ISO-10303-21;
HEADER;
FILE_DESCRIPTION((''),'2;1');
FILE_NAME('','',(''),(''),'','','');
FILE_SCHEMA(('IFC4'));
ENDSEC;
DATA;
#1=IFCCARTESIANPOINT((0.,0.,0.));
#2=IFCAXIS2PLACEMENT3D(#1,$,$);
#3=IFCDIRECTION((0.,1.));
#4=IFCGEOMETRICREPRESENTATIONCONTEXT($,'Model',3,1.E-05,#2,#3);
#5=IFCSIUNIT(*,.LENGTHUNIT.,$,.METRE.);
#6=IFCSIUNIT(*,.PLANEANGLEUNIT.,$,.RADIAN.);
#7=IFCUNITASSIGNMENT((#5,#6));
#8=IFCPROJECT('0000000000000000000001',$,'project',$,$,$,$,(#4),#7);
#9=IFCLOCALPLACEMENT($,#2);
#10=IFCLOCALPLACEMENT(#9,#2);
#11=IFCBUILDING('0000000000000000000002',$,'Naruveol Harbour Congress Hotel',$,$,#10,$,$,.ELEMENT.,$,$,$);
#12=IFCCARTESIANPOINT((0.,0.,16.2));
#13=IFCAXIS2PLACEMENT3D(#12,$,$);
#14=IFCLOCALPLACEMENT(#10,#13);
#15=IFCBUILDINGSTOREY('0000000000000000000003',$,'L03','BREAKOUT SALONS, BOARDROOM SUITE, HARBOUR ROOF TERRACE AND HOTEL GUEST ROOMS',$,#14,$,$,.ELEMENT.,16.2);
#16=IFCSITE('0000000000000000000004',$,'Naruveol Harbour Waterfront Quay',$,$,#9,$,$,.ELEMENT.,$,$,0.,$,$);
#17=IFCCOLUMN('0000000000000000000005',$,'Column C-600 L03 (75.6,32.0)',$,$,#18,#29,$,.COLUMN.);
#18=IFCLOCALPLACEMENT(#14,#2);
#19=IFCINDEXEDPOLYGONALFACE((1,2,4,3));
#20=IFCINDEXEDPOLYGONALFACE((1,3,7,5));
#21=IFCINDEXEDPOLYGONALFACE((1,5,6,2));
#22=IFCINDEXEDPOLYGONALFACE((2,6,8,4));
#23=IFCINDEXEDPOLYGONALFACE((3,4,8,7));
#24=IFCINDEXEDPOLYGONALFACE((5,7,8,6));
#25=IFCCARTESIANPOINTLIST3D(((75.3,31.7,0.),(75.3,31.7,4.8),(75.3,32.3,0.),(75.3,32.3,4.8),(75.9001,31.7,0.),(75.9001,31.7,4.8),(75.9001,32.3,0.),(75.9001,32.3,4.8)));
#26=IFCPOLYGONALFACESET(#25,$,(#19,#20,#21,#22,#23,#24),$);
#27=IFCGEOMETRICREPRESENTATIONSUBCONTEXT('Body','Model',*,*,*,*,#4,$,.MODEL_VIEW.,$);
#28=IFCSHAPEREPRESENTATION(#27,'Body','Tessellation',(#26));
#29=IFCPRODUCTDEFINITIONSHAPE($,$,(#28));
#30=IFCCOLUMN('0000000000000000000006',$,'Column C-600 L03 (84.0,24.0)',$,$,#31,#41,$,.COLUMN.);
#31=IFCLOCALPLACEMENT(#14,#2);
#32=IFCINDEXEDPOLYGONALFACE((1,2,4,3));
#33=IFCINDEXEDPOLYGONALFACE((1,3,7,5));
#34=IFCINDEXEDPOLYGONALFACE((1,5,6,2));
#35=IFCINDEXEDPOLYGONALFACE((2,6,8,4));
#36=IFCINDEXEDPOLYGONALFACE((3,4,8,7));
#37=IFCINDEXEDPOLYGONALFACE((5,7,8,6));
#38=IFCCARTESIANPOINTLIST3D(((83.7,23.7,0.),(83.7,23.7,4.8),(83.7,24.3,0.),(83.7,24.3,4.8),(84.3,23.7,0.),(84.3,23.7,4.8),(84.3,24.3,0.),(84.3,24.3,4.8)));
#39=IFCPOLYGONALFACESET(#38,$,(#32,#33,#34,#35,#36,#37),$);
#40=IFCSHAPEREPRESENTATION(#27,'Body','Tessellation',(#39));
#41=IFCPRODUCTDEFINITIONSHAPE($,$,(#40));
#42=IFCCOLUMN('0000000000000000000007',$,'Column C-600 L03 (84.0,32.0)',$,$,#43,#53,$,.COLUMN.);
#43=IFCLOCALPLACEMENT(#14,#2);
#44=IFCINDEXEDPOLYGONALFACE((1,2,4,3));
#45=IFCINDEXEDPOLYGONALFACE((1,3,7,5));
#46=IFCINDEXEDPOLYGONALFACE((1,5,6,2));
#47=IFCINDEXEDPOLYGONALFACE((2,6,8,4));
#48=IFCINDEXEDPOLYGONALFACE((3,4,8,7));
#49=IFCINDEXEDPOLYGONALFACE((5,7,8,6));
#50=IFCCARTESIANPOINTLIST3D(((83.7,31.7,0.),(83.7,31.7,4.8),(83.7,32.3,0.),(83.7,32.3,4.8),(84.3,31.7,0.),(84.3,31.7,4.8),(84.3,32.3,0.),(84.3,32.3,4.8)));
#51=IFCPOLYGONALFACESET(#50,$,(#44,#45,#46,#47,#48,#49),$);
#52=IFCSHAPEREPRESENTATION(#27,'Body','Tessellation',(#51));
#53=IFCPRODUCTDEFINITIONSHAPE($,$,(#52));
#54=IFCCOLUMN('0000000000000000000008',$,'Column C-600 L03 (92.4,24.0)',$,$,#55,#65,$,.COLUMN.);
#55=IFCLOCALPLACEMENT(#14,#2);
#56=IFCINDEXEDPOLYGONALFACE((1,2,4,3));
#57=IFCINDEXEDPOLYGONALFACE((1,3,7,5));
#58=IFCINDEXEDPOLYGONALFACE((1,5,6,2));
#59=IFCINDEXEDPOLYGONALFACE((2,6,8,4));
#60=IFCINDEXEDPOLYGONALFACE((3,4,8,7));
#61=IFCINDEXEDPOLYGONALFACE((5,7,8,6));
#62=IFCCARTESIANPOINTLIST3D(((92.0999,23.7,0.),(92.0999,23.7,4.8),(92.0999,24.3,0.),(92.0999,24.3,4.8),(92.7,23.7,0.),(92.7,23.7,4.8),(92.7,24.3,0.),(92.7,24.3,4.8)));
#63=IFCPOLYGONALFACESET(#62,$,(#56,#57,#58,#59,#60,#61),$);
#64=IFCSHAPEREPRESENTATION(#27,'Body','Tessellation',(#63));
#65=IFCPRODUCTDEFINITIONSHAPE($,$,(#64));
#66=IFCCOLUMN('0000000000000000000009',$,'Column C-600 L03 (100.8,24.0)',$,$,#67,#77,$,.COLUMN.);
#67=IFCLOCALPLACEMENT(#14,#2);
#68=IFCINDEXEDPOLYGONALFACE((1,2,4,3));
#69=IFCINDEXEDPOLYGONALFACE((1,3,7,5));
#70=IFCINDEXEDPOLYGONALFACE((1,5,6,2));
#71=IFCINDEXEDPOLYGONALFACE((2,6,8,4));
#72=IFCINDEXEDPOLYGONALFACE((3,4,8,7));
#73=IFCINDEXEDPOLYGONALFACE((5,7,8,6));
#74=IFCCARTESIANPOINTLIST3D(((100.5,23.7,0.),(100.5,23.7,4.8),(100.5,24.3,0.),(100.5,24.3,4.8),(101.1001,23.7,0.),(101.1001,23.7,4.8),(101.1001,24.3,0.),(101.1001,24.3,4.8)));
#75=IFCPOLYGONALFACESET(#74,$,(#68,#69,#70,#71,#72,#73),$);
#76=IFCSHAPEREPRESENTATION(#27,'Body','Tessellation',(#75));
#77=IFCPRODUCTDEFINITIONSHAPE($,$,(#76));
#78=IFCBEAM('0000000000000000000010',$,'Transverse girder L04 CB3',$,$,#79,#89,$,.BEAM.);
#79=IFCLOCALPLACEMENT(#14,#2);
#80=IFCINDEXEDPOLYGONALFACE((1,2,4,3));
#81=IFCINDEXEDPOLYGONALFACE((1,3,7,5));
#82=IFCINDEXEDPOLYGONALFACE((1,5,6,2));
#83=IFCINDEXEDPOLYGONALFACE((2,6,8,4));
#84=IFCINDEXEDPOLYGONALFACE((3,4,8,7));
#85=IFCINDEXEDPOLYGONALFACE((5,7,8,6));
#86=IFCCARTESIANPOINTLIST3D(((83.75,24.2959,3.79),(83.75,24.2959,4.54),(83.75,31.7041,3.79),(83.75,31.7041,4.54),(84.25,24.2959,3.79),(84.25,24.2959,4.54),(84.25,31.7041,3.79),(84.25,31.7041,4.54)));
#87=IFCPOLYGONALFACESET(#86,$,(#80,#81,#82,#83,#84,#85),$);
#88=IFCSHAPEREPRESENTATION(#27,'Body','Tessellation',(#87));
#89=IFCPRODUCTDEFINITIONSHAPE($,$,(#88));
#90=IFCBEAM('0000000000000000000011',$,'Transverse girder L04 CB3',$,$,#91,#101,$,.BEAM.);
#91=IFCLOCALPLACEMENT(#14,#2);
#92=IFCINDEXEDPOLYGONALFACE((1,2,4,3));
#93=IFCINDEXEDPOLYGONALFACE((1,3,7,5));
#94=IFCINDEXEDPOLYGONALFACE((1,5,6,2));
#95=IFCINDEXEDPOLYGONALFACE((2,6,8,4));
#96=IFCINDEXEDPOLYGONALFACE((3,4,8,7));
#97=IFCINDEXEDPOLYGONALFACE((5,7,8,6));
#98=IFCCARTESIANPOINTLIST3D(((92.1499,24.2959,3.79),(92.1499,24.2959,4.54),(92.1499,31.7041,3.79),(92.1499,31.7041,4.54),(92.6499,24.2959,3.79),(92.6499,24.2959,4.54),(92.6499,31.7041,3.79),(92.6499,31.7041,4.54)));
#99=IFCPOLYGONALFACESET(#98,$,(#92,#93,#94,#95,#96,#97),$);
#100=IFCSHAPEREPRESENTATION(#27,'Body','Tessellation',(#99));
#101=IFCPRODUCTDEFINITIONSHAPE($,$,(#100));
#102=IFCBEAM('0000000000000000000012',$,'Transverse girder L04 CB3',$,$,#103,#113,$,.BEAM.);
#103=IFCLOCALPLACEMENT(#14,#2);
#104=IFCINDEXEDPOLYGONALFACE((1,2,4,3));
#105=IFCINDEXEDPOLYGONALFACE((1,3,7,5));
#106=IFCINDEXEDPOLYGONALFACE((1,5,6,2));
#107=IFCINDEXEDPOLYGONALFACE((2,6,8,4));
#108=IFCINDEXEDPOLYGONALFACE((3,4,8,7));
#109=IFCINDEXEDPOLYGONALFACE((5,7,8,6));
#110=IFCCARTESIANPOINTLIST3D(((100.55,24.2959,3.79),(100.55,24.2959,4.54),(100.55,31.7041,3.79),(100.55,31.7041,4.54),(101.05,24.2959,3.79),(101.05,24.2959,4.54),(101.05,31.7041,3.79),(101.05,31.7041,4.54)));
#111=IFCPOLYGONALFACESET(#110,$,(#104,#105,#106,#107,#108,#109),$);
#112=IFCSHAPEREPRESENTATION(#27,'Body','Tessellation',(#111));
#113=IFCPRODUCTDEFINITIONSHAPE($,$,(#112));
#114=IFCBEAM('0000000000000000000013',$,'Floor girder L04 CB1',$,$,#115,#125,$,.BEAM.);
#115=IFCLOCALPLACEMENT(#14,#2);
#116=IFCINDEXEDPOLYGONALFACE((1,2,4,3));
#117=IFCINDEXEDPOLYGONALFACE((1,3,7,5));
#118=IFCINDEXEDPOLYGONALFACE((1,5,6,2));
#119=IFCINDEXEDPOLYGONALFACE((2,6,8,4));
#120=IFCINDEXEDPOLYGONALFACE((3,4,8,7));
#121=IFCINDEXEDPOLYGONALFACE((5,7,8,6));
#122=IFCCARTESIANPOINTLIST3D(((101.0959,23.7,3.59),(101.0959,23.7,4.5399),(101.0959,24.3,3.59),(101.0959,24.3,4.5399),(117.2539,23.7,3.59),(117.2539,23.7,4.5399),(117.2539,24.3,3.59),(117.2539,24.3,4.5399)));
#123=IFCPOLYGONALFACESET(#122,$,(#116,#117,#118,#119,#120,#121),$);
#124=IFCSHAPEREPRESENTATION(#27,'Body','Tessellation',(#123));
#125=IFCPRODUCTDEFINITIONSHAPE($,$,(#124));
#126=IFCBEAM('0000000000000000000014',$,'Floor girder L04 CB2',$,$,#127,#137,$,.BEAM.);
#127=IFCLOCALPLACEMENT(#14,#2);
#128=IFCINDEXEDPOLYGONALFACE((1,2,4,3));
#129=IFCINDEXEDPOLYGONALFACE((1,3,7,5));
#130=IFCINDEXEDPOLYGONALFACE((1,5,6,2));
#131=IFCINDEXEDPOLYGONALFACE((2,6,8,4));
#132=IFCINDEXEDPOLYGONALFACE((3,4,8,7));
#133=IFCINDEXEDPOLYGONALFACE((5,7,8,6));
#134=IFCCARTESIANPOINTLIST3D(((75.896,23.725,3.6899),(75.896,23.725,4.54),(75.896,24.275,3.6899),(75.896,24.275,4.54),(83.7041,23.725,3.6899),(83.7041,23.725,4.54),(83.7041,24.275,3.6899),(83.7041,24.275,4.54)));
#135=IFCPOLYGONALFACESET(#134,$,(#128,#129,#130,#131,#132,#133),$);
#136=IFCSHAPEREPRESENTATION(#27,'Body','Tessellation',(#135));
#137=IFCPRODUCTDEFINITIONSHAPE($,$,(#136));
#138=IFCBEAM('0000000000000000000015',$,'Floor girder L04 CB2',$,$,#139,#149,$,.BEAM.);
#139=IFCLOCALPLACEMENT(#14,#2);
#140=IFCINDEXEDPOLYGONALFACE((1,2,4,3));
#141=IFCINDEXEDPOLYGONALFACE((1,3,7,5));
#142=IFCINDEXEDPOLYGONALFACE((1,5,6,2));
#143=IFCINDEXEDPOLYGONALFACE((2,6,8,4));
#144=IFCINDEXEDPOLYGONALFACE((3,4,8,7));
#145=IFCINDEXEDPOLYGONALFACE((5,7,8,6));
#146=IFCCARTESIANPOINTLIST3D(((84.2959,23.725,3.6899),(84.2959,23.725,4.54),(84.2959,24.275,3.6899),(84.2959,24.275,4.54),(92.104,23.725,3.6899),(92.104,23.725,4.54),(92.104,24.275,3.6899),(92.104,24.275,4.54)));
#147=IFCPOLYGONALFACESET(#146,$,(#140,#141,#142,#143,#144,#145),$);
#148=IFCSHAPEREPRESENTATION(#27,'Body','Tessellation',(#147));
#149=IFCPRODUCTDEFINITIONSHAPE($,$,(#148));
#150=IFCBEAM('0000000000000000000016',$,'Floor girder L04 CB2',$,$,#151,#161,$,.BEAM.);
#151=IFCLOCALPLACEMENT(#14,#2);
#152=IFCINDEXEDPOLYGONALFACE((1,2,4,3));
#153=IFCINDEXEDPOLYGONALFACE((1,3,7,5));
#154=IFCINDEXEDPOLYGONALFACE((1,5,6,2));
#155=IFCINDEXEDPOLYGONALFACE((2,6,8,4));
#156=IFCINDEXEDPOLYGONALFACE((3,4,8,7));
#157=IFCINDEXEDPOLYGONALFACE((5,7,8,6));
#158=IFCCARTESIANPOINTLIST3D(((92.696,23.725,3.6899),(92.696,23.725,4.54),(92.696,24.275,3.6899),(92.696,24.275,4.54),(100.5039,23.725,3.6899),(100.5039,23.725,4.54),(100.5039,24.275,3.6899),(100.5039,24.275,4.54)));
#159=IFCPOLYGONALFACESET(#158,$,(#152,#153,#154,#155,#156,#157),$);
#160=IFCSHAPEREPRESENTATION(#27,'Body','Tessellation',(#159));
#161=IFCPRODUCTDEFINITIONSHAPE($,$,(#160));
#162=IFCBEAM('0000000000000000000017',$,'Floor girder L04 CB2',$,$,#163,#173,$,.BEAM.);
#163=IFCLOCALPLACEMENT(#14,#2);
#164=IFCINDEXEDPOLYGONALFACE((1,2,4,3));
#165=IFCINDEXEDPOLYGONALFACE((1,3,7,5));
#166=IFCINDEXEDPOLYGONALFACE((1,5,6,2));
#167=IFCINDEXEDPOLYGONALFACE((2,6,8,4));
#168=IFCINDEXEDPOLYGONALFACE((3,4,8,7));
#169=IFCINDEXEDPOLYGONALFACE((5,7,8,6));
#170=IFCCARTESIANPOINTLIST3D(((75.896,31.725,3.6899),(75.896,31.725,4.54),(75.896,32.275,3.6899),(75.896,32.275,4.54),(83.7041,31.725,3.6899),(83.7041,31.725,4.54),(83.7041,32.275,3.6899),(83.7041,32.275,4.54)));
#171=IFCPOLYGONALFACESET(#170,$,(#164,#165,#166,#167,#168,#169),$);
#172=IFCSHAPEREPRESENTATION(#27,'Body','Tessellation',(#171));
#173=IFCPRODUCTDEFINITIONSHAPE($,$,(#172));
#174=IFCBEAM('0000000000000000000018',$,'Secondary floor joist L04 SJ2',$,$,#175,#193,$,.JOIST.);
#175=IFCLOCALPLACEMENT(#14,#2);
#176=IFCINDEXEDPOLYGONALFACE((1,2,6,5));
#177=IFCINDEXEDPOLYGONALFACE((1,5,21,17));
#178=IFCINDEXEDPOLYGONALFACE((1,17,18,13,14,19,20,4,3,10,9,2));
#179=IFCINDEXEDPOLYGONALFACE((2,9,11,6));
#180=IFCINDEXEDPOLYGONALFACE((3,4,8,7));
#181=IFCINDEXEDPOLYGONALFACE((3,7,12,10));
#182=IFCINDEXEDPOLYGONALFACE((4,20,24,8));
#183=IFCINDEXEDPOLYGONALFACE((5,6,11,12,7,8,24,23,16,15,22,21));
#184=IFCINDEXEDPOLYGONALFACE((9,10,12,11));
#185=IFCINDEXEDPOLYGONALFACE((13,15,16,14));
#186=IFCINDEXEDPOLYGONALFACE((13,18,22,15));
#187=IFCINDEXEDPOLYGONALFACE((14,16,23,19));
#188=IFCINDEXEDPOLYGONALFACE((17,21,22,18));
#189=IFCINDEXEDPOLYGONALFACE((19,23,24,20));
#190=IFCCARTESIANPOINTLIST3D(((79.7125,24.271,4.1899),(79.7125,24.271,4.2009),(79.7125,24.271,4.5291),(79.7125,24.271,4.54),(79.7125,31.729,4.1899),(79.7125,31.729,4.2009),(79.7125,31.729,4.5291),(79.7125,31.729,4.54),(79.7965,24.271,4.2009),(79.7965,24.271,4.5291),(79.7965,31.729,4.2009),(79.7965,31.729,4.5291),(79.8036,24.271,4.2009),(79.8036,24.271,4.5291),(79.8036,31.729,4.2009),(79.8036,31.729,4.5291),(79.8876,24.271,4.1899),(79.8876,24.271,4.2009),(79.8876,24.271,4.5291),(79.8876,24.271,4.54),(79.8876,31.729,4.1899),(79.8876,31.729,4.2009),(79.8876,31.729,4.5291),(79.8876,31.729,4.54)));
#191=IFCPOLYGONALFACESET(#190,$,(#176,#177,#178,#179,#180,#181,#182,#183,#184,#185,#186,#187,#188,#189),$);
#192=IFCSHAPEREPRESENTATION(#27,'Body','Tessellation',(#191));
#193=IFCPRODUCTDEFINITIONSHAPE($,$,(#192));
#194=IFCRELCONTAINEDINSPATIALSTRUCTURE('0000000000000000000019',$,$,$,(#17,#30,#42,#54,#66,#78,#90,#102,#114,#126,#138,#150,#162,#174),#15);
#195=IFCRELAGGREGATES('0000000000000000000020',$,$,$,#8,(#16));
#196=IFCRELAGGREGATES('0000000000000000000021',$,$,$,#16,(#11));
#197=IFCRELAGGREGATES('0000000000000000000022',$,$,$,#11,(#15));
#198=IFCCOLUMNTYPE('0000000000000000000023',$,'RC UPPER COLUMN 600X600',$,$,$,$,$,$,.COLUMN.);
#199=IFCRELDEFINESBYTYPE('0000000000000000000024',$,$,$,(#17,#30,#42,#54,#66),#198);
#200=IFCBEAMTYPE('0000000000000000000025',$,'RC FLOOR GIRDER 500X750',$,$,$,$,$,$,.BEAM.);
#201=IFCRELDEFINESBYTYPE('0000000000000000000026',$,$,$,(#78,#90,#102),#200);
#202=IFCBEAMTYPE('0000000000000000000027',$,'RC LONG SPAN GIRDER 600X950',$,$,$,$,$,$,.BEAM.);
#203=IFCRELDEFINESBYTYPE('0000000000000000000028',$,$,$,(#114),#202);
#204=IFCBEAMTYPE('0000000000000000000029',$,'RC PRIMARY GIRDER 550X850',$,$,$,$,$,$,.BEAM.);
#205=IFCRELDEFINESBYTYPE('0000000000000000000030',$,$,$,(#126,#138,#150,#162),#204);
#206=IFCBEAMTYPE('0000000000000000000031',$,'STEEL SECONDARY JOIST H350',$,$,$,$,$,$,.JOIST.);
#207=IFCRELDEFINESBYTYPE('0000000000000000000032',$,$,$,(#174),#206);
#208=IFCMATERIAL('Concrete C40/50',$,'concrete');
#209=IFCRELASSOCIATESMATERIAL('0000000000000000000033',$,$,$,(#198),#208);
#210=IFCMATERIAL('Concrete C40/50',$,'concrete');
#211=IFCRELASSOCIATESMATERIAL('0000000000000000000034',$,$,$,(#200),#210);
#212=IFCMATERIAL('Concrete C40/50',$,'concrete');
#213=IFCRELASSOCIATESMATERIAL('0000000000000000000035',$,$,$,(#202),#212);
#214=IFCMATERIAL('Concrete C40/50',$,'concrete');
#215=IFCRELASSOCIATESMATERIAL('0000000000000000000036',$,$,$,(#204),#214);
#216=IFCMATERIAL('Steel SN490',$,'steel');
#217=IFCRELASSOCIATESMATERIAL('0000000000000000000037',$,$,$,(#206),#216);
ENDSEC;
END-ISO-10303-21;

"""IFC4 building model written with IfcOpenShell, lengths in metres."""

from ifc_helpers import new_model, si_unit, direction, frame, origin, origin_2d, place, context, subcontext, project, spatial, rectangle, i_section, extrude, material, material_profile, profile_set, type_object, element, save


model = new_model("IFC4")

# Units and contexts
model_context = context("Model", 3, precision=1e-05, world=origin(), true_north=direction((0.0, 1.0)))
body_context = subcontext(model_context, "Body", "Model", "MODEL_VIEW")
ifc_project = project(units=[si_unit("LENGTHUNIT", "METRE"), si_unit("PLANEANGLEUNIT", "RADIAN")], contexts=[model_context])

# Site, building, storey
site_placement = place(None, origin())
site = spatial("IfcSite", under=ifc_project, at=site_placement, Name="Naruveol Harbour Waterfront Quay", CompositionType="ELEMENT", RefElevation=0.0)
building_placement = place(site_placement, origin())
building = spatial("IfcBuilding", under=site, at=building_placement, Name="Naruveol Harbour Congress Hotel", CompositionType="ELEMENT")
storey_placement = place(building_placement, frame((0.0, 0.0, 16.2)))
storey = spatial("IfcBuildingStorey", under=building, at=storey_placement, Name="L03", Description="BREAKOUT SALONS, BOARDROOM SUITE, HARBOUR ROOF TERRACE AND HOTEL GUEST ROOMS", CompositionType="ELEMENT", Elevation=16.2)

# Columns
ifc_material_1 = material(Name="Concrete C40/50", Category="concrete")
ifc_material_profile_1 = material_profile(ifc_material_1, rectangle(XDim=0.6001, YDim=0.6001, at=origin_2d()), Name="RC-600x600")
ifc_profile_set_1 = profile_set([ifc_material_profile_1], Name="Concrete C40/50")
column_type = type_object("IfcColumnType", Name="RC UPPER COLUMN 600X600", PredefinedType="COLUMN", material=ifc_profile_set_1)
for number, where, z_axis, x_axis, name in (
    (1, (75.6001, 32.0, 0.0), (0.0, 0.0, 1.0), (1.0, 0.0, 0.0), "Column C-600 L03 (75.6,32.0)"),
    (2, (84.0, 24.0, 0.0), (0.0, 0.0, 1.0), (1.0, 0.0, 0.0), "Column C-600 L03 (84.0,24.0)"),
    (3, (84.0, 32.0, 0.0), (0.0, 0.0, 1.0), (1.0, 0.0, 0.0), "Column C-600 L03 (84.0,32.0)"),
    (4, (92.3999, 24.0, 0.0), (0.0, 0.0, 1.0), (1.0, 0.0, 0.0), "Column C-600 L03 (92.4,24.0)"),
    (5, (100.8, 24.0, 0.0), (0.0, 0.0, 1.0), (1.0, 0.0, 0.0), "Column C-600 L03 (100.8,24.0)"),
):
    element("IfcColumn", number, at=place(storey_placement, frame(where, z_axis=z_axis, x_axis=x_axis)), inside=storey, type_object=column_type, Name=name, PredefinedType="COLUMN", context=body_context, shape_type="SweptSolid", body=[
        extrude(rectangle(XDim=0.6001, YDim=0.6001, at=origin_2d()), origin(), (0.0, 0.0, 1.0), 4.8),
    ])

# Beams
ifc_material_2 = material(Name="Concrete C40/50", Category="concrete")
ifc_material_profile_2 = material_profile(ifc_material_2, rectangle(XDim=0.5, YDim=0.75, at=origin_2d()), Name="RCB-500x750")
ifc_profile_set_2 = profile_set([ifc_material_profile_2], Name="Concrete C40/50")
beam_type_1 = type_object("IfcBeamType", Name="RC FLOOR GIRDER 500X750", PredefinedType="BEAM", material=ifc_profile_set_2)
for number, where, z_axis, x_axis, name in (
    (6, (84.0, 24.2959, 4.165), (0.0, 1.0, 0.0), (-1.0, 0.0, 0.0), "Transverse girder L04 CB3"),
    (7, (92.3999, 24.2959, 4.165), (0.0, 1.0, 0.0), (-1.0, 0.0, 0.0), "Transverse girder L04 CB3"),
    (8, (100.8, 24.2959, 4.165), (0.0, 1.0, 0.0), (-1.0, 0.0, 0.0), "Transverse girder L04 CB3"),
):
    element("IfcBeam", number, at=place(storey_placement, frame(where, z_axis=z_axis, x_axis=x_axis)), inside=storey, type_object=beam_type_1, Name=name, PredefinedType="BEAM", context=body_context, shape_type="SweptSolid", body=[
        extrude(rectangle(XDim=0.5, YDim=0.75, at=origin_2d()), origin(), (0.0, 0.0, 1.0), 7.4082),
    ])
ifc_material_3 = material(Name="Concrete C40/50", Category="concrete")
ifc_material_profile_3 = material_profile(ifc_material_3, rectangle(XDim=0.6001, YDim=0.95, at=origin_2d()), Name="RCB-600x950")
ifc_profile_set_3 = profile_set([ifc_material_profile_3], Name="Concrete C40/50")
beam_type_2 = type_object("IfcBeamType", Name="RC LONG SPAN GIRDER 600X950", PredefinedType="BEAM", material=ifc_profile_set_3)
beam_1_placement = place(storey_placement, frame((101.0959, 24.0, 4.0649), z_axis=(1.0, 0.0, 0.0), x_axis=(0.0, 1.0, 0.0)))
element("IfcBeam", 9, at=beam_1_placement, inside=storey, type_object=beam_type_2, Name="Floor girder L04 CB1", PredefinedType="BEAM", context=body_context, shape_type="SweptSolid", body=[
    extrude(rectangle(XDim=0.6001, YDim=0.95, at=origin_2d()), origin(), (0.0, 0.0, 1.0), 16.158),
])
ifc_material_4 = material(Name="Concrete C40/50", Category="concrete")
ifc_material_profile_4 = material_profile(ifc_material_4, rectangle(XDim=0.55, YDim=0.8501, at=origin_2d()), Name="RCB-550x850")
ifc_profile_set_4 = profile_set([ifc_material_profile_4], Name="Concrete C40/50")
beam_type_3 = type_object("IfcBeamType", Name="RC PRIMARY GIRDER 550X850", PredefinedType="BEAM", material=ifc_profile_set_4)
for number, where, z_axis, x_axis, name in (
    (10, (75.896, 24.0, 4.115), (1.0, 0.0, 0.0), (0.0, 1.0, 0.0), "Floor girder L04 CB2"),
    (11, (84.2959, 24.0, 4.115), (1.0, 0.0, 0.0), (0.0, 1.0, 0.0), "Floor girder L04 CB2"),
):
    element("IfcBeam", number, at=place(storey_placement, frame(where, z_axis=z_axis, x_axis=x_axis)), inside=storey, type_object=beam_type_3, Name=name, PredefinedType="BEAM", context=body_context, shape_type="SweptSolid", body=[
        extrude(rectangle(XDim=0.55, YDim=0.8501, at=origin_2d()), origin(), (0.0, 0.0, 1.0), 7.8081),
    ])
beam_2_placement = place(storey_placement, frame((92.696, 24.0, 4.115), z_axis=(1.0, 0.0, 0.0), x_axis=(0.0, 1.0, 0.0)))
element("IfcBeam", 12, at=beam_2_placement, inside=storey, type_object=beam_type_3, Name="Floor girder L04 CB2", PredefinedType="BEAM", context=body_context, shape_type="SweptSolid", body=[
    extrude(rectangle(XDim=0.55, YDim=0.8501, at=origin_2d()), origin(), (0.0, 0.0, 1.0), 7.8079),
])
beam_3_placement = place(storey_placement, frame((75.896, 32.0, 4.115), z_axis=(1.0, 0.0, 0.0), x_axis=(0.0, 1.0, 0.0)))
element("IfcBeam", 13, at=beam_3_placement, inside=storey, type_object=beam_type_3, Name="Floor girder L04 CB2", PredefinedType="BEAM", context=body_context, shape_type="SweptSolid", body=[
    extrude(rectangle(XDim=0.55, YDim=0.8501, at=origin_2d()), origin(), (0.0, 0.0, 1.0), 7.8081),
])
ifc_material_5 = material(Name="Steel SN490", Category="steel")
ifc_material_profile_5 = material_profile(ifc_material_5, i_section(OverallWidth=0.175, OverallDepth=0.3501, WebThickness=0.0071, FlangeThickness=0.011, at=origin_2d()), Name="H-350x175x7x11")
ifc_profile_set_5 = profile_set([ifc_material_profile_5], Name="Steel SN490")
beam_type_4 = type_object("IfcBeamType", Name="STEEL SECONDARY JOIST H350", PredefinedType="JOIST", material=ifc_profile_set_5)
for number, where, z_axis, x_axis, name in (
    (14, (79.8, 24.271, 4.365), (0.0, 1.0, 0.0), (-1.0, 0.0, 0.0), "Secondary floor joist L04 SJ2"),
):
    element("IfcBeam", number, at=place(storey_placement, frame(where, z_axis=z_axis, x_axis=x_axis)), inside=storey, type_object=beam_type_4, Name=name, PredefinedType="JOIST", context=body_context, shape_type="SweptSolid", body=[
        extrude(i_section(OverallWidth=0.175, OverallDepth=0.3501, WebThickness=0.0071, FlangeThickness=0.011, at=origin_2d()), origin(), (0.0, 0.0, 1.0), 7.458),
    ])

save(model, "model.ifc")
